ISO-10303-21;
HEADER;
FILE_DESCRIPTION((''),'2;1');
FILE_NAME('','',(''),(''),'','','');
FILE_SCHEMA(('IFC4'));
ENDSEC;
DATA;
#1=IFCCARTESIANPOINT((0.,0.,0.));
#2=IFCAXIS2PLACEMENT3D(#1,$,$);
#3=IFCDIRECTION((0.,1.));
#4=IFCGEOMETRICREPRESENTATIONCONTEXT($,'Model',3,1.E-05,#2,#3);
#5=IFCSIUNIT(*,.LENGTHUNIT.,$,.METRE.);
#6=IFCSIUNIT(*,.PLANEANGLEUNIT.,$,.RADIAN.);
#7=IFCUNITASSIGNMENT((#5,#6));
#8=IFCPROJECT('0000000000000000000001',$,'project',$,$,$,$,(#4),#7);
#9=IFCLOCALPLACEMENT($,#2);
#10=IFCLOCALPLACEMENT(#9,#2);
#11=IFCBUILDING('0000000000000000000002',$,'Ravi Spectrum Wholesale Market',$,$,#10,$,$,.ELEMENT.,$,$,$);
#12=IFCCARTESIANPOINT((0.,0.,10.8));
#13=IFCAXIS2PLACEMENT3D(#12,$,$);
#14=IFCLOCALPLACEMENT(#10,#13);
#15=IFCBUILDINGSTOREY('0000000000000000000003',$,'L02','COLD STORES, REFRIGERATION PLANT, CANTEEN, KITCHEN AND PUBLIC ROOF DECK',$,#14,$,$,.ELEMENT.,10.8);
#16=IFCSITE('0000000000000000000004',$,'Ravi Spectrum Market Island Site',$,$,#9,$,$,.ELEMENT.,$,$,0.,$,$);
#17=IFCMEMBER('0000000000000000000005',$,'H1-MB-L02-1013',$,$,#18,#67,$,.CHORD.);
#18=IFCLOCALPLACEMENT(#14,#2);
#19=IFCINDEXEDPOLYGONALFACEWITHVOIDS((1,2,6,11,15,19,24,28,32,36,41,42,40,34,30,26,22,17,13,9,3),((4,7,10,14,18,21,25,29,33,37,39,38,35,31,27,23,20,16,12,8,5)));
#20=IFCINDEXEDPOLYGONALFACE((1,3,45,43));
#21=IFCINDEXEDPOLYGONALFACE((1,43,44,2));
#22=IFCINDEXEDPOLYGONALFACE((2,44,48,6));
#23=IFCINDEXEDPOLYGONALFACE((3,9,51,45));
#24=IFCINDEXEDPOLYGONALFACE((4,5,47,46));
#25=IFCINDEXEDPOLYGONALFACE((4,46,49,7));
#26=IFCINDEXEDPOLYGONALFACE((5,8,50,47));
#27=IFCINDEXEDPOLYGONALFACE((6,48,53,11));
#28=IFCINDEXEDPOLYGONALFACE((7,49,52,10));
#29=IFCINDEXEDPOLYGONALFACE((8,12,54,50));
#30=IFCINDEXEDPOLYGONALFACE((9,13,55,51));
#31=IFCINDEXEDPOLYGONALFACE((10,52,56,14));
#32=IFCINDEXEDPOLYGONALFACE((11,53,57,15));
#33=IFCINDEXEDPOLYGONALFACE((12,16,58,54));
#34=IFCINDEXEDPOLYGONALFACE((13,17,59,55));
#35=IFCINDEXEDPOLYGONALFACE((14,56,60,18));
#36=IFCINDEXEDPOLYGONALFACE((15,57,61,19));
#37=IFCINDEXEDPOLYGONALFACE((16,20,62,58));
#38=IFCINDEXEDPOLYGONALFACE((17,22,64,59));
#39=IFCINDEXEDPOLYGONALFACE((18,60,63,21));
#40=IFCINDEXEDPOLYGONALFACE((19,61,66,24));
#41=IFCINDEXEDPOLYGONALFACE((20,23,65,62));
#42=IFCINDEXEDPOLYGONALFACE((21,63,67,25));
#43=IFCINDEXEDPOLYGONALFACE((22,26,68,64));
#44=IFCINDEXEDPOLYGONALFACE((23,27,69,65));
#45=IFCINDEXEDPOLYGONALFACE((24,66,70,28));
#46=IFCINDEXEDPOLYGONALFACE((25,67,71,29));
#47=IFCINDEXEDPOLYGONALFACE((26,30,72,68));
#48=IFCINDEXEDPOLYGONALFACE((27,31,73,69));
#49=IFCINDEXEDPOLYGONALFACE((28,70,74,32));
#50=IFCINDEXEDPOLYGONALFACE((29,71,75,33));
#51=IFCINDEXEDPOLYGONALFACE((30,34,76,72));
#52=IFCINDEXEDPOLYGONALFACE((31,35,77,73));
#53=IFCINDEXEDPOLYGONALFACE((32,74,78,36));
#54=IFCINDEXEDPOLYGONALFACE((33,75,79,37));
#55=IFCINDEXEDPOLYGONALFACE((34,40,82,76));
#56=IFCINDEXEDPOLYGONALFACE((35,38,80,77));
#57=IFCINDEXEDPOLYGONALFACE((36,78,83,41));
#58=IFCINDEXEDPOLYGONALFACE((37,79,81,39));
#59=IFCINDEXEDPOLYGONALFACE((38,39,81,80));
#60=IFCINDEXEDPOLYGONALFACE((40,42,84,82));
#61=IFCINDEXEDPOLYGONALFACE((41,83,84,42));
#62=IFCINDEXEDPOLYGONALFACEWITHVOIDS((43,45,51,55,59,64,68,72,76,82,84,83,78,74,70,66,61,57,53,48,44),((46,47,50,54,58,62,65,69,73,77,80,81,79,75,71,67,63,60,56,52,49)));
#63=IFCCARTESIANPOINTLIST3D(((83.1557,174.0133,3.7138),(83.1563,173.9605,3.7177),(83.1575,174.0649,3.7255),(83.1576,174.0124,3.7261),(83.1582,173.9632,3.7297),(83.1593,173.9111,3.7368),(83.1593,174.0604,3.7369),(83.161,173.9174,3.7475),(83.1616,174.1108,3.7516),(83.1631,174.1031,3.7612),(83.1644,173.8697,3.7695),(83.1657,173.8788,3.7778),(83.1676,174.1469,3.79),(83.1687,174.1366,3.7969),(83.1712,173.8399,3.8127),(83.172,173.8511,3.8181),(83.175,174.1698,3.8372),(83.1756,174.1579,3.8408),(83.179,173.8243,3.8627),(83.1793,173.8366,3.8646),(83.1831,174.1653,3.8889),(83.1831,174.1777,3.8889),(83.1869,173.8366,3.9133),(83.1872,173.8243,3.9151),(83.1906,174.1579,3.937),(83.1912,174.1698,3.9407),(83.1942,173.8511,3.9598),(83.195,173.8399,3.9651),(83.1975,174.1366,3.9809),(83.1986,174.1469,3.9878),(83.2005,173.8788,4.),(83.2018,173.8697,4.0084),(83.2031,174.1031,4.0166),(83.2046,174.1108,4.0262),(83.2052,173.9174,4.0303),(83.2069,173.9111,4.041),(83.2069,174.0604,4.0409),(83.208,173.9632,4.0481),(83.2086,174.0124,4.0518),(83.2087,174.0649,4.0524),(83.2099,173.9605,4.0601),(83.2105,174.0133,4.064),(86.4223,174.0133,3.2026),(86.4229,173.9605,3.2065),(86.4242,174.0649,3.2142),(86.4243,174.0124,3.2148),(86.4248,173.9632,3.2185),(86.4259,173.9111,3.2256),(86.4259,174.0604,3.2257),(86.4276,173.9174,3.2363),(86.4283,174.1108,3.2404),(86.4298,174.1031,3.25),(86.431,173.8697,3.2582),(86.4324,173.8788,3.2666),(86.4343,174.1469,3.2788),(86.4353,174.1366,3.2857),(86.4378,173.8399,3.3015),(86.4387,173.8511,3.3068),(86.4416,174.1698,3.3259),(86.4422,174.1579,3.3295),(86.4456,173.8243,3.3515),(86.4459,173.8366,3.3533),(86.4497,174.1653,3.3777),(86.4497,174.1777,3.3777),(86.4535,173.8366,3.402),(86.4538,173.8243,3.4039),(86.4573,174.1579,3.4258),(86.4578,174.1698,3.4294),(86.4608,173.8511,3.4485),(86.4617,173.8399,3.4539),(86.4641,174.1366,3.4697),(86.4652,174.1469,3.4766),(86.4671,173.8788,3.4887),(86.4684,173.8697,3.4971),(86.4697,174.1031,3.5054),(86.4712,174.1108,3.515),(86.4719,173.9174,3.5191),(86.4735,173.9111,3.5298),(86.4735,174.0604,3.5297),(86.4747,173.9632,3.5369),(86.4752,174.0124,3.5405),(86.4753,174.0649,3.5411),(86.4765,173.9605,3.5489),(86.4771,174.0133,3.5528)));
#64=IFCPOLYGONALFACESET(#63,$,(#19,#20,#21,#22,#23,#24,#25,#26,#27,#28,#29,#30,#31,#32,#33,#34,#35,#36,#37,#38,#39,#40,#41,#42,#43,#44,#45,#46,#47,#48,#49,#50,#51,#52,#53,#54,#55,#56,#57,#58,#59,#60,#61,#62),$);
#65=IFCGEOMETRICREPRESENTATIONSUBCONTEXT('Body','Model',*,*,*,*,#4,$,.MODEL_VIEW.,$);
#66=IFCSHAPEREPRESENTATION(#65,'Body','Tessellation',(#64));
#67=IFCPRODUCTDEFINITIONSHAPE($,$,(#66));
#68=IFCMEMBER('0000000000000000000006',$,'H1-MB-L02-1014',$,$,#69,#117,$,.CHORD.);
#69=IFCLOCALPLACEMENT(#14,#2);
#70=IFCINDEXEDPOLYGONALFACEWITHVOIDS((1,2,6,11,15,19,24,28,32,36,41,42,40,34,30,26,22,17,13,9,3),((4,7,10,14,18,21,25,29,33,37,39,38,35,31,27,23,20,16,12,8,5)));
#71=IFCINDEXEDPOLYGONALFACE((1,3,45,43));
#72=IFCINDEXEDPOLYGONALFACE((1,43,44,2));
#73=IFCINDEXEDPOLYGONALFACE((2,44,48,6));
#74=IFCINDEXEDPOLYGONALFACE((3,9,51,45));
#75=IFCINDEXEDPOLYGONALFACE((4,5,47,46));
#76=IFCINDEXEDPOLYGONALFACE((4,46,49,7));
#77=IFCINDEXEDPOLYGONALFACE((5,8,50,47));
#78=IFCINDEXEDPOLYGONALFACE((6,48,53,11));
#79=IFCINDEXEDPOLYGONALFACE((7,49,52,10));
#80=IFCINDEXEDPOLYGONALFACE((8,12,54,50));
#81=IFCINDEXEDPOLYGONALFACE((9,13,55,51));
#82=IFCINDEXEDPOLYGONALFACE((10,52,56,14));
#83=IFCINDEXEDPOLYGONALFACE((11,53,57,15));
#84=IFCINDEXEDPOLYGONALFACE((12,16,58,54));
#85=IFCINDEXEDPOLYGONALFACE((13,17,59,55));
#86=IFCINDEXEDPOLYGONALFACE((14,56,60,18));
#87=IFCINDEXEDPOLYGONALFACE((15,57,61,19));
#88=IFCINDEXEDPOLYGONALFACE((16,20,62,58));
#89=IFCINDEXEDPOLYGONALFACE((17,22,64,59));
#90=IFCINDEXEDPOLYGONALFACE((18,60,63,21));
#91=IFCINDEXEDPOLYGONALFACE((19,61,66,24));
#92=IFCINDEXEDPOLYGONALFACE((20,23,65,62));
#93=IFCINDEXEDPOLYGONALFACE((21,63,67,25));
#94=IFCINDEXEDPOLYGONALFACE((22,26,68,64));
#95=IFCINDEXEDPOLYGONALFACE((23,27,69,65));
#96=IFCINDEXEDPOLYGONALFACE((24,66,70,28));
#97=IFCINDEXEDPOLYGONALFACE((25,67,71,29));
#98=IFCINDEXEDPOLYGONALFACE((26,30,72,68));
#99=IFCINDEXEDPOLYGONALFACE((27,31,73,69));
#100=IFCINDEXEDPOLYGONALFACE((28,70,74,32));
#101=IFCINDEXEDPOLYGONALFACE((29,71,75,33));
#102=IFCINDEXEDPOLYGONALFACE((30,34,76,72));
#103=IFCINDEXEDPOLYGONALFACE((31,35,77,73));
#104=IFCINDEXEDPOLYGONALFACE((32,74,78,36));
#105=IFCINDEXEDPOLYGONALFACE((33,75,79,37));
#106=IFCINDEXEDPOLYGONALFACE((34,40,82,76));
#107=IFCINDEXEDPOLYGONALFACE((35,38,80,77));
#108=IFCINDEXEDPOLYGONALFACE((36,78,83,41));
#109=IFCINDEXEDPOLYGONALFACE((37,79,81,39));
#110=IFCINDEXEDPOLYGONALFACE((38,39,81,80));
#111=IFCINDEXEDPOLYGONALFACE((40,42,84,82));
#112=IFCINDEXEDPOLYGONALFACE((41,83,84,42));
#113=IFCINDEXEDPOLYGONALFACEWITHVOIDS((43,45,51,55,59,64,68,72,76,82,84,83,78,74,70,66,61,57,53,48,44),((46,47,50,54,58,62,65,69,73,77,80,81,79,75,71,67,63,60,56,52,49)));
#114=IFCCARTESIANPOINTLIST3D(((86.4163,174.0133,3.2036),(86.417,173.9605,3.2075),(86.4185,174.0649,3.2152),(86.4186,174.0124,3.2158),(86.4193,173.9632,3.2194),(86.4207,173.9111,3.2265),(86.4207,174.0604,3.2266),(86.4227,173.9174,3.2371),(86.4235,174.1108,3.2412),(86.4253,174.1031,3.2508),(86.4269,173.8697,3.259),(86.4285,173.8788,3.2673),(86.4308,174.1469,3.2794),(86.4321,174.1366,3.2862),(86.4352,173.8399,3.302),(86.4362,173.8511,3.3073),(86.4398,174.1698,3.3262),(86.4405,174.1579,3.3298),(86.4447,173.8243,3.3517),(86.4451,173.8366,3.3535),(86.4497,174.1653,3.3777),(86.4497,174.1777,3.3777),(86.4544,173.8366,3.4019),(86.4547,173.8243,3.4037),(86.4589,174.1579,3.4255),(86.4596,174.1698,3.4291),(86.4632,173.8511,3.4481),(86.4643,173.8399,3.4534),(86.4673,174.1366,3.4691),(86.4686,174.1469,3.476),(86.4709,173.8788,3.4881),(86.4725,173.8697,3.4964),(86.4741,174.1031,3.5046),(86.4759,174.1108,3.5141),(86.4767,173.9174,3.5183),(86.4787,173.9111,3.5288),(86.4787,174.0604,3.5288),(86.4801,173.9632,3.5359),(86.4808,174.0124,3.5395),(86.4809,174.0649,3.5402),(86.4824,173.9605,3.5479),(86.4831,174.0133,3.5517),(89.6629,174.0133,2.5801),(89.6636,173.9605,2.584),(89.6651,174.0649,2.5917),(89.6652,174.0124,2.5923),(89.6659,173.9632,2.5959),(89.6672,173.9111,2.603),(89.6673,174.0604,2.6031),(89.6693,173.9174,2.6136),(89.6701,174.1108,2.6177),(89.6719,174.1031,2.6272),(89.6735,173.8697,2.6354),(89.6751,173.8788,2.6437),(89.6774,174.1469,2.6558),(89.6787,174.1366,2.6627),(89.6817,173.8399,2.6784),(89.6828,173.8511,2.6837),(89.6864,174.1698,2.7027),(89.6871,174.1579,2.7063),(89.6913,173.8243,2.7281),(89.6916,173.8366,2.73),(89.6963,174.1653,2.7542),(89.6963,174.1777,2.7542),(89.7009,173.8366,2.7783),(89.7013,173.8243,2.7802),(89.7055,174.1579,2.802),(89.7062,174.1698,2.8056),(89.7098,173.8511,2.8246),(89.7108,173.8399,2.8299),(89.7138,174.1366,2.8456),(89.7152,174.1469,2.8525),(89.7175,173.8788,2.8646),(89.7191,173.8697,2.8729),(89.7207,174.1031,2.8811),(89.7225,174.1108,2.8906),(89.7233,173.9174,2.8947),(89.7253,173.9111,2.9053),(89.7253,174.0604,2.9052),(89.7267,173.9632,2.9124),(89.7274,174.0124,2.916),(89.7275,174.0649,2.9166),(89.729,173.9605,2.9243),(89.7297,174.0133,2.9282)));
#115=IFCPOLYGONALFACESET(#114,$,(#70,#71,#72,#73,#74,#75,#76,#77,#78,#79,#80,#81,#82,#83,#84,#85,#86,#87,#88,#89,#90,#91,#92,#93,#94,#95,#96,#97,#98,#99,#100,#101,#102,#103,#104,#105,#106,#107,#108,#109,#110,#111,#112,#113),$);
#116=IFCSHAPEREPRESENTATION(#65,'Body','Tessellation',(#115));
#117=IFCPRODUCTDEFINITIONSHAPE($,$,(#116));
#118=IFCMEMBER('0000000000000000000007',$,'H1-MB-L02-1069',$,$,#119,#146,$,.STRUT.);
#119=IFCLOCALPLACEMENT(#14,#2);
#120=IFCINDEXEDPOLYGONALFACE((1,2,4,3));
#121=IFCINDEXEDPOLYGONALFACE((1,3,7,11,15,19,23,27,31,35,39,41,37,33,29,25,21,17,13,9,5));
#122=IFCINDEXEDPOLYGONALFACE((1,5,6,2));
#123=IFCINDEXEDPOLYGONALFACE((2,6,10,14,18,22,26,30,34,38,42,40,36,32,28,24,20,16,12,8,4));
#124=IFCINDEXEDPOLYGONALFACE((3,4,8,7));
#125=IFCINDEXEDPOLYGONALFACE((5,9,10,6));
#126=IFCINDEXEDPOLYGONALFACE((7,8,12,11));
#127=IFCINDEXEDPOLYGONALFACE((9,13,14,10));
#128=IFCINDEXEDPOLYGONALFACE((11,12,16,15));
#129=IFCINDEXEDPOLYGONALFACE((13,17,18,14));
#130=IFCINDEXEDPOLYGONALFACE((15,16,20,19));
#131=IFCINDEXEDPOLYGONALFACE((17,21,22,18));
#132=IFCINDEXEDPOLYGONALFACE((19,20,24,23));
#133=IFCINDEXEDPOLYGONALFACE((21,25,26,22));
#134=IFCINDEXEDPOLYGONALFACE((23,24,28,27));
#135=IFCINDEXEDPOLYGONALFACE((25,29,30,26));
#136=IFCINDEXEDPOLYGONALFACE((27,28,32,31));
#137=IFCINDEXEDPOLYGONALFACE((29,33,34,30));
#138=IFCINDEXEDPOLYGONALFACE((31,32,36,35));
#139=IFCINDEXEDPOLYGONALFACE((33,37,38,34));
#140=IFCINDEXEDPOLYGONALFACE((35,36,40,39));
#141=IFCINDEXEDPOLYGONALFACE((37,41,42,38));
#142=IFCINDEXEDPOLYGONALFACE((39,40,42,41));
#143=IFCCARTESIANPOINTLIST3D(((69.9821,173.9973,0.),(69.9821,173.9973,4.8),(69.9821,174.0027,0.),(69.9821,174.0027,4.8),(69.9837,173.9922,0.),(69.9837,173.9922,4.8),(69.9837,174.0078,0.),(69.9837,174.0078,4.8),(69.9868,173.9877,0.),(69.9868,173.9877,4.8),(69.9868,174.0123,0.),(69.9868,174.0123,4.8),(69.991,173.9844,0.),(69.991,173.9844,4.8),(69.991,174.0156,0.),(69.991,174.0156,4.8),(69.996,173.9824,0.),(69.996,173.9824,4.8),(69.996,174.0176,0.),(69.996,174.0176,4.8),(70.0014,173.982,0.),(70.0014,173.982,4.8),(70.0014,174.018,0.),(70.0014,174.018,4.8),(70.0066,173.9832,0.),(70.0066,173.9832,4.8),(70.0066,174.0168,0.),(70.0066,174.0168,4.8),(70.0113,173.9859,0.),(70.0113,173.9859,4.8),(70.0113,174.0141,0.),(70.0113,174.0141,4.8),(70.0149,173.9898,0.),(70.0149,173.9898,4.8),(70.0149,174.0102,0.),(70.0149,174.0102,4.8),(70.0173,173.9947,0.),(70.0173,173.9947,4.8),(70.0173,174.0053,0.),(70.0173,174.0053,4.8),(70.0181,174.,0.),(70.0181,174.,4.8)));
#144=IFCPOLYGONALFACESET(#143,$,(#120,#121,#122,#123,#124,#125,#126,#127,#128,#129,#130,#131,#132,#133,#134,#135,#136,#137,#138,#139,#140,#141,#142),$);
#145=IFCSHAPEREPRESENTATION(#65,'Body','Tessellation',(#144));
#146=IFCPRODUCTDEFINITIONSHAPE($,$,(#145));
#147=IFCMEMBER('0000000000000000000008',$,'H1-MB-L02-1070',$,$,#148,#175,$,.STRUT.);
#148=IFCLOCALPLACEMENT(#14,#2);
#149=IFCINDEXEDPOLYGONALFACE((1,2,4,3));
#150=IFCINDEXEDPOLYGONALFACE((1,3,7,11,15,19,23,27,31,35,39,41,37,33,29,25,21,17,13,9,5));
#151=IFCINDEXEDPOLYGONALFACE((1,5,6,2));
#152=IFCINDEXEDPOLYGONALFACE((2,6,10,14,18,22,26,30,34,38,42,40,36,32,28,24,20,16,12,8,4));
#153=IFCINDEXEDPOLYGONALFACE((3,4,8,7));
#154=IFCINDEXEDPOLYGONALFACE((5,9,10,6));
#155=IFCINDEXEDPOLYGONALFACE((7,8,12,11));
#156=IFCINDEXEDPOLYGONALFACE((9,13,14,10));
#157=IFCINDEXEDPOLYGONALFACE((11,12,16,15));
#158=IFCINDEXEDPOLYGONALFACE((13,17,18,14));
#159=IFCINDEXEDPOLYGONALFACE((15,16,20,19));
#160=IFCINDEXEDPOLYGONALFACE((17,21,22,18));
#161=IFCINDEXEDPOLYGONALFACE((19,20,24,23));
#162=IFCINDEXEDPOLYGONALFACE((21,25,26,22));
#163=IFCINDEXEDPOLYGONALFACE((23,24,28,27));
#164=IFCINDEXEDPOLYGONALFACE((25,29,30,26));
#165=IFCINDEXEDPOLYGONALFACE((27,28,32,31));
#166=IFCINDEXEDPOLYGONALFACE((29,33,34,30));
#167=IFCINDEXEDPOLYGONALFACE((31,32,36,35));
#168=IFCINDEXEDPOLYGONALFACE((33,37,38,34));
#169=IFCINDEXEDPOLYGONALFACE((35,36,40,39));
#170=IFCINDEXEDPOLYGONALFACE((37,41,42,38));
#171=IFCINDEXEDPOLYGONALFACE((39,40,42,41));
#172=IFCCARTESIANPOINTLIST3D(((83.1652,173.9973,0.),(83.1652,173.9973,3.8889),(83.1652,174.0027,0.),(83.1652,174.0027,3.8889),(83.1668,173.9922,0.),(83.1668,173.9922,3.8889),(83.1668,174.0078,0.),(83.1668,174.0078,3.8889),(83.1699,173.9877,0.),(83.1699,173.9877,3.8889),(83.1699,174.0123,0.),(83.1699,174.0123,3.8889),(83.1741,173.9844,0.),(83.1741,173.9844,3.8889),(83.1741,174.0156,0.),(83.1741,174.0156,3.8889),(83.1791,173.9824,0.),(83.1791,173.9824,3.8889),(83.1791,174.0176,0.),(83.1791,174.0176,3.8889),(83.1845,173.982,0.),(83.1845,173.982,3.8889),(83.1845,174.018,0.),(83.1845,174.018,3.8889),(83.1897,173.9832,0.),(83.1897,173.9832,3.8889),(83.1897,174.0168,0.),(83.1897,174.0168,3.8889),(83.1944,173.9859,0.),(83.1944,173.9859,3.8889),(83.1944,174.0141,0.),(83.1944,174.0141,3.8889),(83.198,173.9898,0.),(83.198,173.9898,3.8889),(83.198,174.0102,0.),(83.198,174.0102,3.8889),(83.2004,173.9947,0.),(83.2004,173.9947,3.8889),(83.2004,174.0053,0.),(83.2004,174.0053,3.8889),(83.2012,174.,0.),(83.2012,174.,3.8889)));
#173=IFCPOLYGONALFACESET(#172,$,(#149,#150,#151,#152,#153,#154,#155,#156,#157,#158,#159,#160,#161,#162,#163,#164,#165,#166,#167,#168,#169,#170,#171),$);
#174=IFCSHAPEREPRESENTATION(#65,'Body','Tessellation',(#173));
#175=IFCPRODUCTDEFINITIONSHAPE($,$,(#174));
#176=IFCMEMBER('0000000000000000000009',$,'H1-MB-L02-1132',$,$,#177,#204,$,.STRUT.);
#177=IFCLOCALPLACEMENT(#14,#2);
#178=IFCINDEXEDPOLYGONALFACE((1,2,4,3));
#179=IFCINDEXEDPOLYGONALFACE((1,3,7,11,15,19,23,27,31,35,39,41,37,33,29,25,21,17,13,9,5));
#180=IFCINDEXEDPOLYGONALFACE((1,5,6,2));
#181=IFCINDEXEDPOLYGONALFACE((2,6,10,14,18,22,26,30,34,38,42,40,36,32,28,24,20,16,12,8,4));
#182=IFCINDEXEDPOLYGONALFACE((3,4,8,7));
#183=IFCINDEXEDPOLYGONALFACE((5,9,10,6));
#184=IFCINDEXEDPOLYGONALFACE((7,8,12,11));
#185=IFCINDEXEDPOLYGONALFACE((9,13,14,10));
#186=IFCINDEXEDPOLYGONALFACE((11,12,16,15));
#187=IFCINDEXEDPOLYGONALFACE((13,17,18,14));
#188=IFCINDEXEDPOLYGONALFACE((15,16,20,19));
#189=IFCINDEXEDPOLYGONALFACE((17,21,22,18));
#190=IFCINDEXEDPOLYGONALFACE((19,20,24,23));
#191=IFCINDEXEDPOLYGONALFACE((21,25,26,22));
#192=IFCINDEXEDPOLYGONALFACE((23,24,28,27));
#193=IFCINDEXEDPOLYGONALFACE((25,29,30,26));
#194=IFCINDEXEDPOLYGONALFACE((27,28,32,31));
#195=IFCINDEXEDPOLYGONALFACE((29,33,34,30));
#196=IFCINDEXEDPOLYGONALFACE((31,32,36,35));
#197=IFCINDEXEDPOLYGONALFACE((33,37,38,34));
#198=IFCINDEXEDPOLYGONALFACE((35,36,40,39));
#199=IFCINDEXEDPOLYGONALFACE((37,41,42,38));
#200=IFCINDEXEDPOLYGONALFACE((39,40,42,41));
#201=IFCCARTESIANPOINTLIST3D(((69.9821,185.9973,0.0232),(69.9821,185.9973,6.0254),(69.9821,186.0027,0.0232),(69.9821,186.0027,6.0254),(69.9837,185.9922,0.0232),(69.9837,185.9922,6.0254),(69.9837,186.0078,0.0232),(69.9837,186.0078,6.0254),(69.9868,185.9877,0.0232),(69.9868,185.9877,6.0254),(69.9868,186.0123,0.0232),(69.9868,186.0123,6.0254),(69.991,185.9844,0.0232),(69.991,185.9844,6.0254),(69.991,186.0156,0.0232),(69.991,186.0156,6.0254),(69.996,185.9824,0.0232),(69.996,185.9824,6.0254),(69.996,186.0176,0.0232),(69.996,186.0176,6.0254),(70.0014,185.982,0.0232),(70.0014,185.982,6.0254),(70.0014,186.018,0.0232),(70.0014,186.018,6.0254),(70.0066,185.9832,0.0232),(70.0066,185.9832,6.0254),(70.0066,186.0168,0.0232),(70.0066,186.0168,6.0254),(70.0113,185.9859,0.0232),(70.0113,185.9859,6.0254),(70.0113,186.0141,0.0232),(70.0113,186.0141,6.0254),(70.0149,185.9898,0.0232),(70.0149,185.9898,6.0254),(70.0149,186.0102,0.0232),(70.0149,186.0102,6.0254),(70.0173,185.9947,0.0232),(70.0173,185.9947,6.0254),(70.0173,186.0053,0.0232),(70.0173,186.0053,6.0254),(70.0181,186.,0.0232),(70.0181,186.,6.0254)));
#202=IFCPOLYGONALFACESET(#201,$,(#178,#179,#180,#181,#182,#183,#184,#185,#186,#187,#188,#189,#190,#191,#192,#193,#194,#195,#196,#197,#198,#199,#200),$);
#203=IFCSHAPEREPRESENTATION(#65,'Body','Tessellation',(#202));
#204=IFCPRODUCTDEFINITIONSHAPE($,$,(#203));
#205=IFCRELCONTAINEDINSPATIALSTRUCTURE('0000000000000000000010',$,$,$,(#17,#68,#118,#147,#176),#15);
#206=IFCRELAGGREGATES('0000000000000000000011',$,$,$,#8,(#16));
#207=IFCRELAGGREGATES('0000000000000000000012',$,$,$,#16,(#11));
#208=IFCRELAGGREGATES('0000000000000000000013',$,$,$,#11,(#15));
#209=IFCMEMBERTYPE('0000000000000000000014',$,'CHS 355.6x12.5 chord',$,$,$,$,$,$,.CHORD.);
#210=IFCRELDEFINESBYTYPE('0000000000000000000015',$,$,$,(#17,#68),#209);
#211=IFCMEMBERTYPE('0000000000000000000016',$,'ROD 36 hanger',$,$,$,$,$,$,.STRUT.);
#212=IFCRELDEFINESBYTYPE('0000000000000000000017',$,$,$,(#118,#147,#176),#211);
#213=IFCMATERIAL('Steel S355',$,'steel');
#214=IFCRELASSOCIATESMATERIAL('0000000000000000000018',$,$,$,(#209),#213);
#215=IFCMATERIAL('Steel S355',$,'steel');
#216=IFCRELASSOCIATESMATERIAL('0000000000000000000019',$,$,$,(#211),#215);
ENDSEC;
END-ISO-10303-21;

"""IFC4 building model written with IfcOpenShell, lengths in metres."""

from ifc_helpers import new_model, si_unit, direction, frame, origin, origin_2d, place, context, subcontext, project, spatial, circle, hollow_circle, extrude, material, material_profile, profile_set, type_object, element, save


model = new_model("IFC4")

# Units and contexts
model_context = context("Model", 3, precision=1e-05, world=origin(), true_north=direction((0.0, 1.0)))
body_context = subcontext(model_context, "Body", "Model", "MODEL_VIEW")
ifc_project = project(units=[si_unit("LENGTHUNIT", "METRE"), si_unit("PLANEANGLEUNIT", "RADIAN")], contexts=[model_context])

# Site, building, storey
site_placement = place(None, origin())
site = spatial("IfcSite", under=ifc_project, at=site_placement, Name="Ravi Spectrum Market Island Site", CompositionType="ELEMENT", RefElevation=0.0)
building_placement = place(site_placement, origin())
building = spatial("IfcBuilding", under=site, at=building_placement, Name="Ravi Spectrum Wholesale Market", CompositionType="ELEMENT")
storey_placement = place(building_placement, frame((0.0, 0.0, 10.8)))
storey = spatial("IfcBuildingStorey", under=building, at=storey_placement, Name="L02", Description="COLD STORES, REFRIGERATION PLANT, CANTEEN, KITCHEN AND PUBLIC ROOF DECK", CompositionType="ELEMENT", Elevation=10.8)

# Members
ifc_material_1 = material(Name="Steel S355", Category="steel")
ifc_material_profile_1 = material_profile(ifc_material_1, hollow_circle(Radius=0.1777, WallThickness=0.0125, at=origin_2d()))
ifc_profile_set_1 = profile_set([ifc_material_profile_1], Name="Steel S355")
member_type_1 = type_object("IfcMemberType", Name="CHS 355.6x12.5 chord", PredefinedType="CHORD", material=ifc_profile_set_1)
member_1_placement = place(storey_placement, frame((83.1831, 174.0, 3.8889), z_axis=(0.987974, 0.0, -0.15462), x_axis=(0.0, 1.0, 0.0)))
element("IfcMember", 1, at=member_1_placement, inside=storey, type_object=member_type_1, Name="H1-MB-L02-1013", PredefinedType="CHORD", context=body_context, shape_type="SweptSolid", body=[
    extrude(hollow_circle(Radius=0.1777, WallThickness=0.0125, at=origin_2d()), origin(), (0.0, 0.0, 1.0), 3.3064),
])
member_2_placement = place(storey_placement, frame((86.4497, 174.0, 3.3777), z_axis=(0.982052, 0.0, -0.188612), x_axis=(0.0, 1.0, 0.0)))
element("IfcMember", 2, at=member_2_placement, inside=storey, type_object=member_type_1, Name="H1-MB-L02-1014", PredefinedType="CHORD", context=body_context, shape_type="SweptSolid", body=[
    extrude(hollow_circle(Radius=0.1777, WallThickness=0.0125, at=origin_2d()), origin(), (0.0, 0.0, 1.0), 3.3059),
])
ifc_material_2 = material(Name="Steel S355", Category="steel")
ifc_material_profile_2 = material_profile(ifc_material_2, circle(Radius=0.0181, at=origin_2d()))
ifc_profile_set_2 = profile_set([ifc_material_profile_2], Name="Steel S355")
member_type_2 = type_object("IfcMemberType", Name="ROD 36 hanger", PredefinedType="STRUT", material=ifc_profile_set_2)
member_3_placement = place(storey_placement, frame((70.0, 174.0, 0.0), z_axis=(0.0, 0.0, 1.0), x_axis=(1.0, 0.0, 0.0)))
element("IfcMember", 3, at=member_3_placement, inside=storey, type_object=member_type_2, Name="H1-MB-L02-1069", PredefinedType="STRUT", context=body_context, shape_type="SweptSolid", body=[
    extrude(circle(Radius=0.0181, at=origin_2d()), origin(), (0.0, 0.0, 1.0), 4.8),
])
member_4_placement = place(storey_placement, frame((83.1831, 174.0, 0.0), z_axis=(0.0, 0.0, 1.0), x_axis=(1.0, 0.0, 0.0)))
element("IfcMember", 4, at=member_4_placement, inside=storey, type_object=member_type_2, Name="H1-MB-L02-1070", PredefinedType="STRUT", context=body_context, shape_type="SweptSolid", body=[
    extrude(circle(Radius=0.0181, at=origin_2d()), origin(), (0.0, 0.0, 1.0), 3.8889),
])
member_5_placement = place(storey_placement, frame((70.0, 186.0, 0.0232), z_axis=(0.0, 0.0, 1.0), x_axis=(1.0, 0.0, 0.0)))
element("IfcMember", 5, at=member_5_placement, inside=storey, type_object=member_type_2, Name="H1-MB-L02-1132", PredefinedType="STRUT", context=body_context, shape_type="SweptSolid", body=[
    extrude(circle(Radius=0.0181, at=origin_2d()), origin(), (0.0, 0.0, 1.0), 6.0022),
])

save(model, "model.ifc")
